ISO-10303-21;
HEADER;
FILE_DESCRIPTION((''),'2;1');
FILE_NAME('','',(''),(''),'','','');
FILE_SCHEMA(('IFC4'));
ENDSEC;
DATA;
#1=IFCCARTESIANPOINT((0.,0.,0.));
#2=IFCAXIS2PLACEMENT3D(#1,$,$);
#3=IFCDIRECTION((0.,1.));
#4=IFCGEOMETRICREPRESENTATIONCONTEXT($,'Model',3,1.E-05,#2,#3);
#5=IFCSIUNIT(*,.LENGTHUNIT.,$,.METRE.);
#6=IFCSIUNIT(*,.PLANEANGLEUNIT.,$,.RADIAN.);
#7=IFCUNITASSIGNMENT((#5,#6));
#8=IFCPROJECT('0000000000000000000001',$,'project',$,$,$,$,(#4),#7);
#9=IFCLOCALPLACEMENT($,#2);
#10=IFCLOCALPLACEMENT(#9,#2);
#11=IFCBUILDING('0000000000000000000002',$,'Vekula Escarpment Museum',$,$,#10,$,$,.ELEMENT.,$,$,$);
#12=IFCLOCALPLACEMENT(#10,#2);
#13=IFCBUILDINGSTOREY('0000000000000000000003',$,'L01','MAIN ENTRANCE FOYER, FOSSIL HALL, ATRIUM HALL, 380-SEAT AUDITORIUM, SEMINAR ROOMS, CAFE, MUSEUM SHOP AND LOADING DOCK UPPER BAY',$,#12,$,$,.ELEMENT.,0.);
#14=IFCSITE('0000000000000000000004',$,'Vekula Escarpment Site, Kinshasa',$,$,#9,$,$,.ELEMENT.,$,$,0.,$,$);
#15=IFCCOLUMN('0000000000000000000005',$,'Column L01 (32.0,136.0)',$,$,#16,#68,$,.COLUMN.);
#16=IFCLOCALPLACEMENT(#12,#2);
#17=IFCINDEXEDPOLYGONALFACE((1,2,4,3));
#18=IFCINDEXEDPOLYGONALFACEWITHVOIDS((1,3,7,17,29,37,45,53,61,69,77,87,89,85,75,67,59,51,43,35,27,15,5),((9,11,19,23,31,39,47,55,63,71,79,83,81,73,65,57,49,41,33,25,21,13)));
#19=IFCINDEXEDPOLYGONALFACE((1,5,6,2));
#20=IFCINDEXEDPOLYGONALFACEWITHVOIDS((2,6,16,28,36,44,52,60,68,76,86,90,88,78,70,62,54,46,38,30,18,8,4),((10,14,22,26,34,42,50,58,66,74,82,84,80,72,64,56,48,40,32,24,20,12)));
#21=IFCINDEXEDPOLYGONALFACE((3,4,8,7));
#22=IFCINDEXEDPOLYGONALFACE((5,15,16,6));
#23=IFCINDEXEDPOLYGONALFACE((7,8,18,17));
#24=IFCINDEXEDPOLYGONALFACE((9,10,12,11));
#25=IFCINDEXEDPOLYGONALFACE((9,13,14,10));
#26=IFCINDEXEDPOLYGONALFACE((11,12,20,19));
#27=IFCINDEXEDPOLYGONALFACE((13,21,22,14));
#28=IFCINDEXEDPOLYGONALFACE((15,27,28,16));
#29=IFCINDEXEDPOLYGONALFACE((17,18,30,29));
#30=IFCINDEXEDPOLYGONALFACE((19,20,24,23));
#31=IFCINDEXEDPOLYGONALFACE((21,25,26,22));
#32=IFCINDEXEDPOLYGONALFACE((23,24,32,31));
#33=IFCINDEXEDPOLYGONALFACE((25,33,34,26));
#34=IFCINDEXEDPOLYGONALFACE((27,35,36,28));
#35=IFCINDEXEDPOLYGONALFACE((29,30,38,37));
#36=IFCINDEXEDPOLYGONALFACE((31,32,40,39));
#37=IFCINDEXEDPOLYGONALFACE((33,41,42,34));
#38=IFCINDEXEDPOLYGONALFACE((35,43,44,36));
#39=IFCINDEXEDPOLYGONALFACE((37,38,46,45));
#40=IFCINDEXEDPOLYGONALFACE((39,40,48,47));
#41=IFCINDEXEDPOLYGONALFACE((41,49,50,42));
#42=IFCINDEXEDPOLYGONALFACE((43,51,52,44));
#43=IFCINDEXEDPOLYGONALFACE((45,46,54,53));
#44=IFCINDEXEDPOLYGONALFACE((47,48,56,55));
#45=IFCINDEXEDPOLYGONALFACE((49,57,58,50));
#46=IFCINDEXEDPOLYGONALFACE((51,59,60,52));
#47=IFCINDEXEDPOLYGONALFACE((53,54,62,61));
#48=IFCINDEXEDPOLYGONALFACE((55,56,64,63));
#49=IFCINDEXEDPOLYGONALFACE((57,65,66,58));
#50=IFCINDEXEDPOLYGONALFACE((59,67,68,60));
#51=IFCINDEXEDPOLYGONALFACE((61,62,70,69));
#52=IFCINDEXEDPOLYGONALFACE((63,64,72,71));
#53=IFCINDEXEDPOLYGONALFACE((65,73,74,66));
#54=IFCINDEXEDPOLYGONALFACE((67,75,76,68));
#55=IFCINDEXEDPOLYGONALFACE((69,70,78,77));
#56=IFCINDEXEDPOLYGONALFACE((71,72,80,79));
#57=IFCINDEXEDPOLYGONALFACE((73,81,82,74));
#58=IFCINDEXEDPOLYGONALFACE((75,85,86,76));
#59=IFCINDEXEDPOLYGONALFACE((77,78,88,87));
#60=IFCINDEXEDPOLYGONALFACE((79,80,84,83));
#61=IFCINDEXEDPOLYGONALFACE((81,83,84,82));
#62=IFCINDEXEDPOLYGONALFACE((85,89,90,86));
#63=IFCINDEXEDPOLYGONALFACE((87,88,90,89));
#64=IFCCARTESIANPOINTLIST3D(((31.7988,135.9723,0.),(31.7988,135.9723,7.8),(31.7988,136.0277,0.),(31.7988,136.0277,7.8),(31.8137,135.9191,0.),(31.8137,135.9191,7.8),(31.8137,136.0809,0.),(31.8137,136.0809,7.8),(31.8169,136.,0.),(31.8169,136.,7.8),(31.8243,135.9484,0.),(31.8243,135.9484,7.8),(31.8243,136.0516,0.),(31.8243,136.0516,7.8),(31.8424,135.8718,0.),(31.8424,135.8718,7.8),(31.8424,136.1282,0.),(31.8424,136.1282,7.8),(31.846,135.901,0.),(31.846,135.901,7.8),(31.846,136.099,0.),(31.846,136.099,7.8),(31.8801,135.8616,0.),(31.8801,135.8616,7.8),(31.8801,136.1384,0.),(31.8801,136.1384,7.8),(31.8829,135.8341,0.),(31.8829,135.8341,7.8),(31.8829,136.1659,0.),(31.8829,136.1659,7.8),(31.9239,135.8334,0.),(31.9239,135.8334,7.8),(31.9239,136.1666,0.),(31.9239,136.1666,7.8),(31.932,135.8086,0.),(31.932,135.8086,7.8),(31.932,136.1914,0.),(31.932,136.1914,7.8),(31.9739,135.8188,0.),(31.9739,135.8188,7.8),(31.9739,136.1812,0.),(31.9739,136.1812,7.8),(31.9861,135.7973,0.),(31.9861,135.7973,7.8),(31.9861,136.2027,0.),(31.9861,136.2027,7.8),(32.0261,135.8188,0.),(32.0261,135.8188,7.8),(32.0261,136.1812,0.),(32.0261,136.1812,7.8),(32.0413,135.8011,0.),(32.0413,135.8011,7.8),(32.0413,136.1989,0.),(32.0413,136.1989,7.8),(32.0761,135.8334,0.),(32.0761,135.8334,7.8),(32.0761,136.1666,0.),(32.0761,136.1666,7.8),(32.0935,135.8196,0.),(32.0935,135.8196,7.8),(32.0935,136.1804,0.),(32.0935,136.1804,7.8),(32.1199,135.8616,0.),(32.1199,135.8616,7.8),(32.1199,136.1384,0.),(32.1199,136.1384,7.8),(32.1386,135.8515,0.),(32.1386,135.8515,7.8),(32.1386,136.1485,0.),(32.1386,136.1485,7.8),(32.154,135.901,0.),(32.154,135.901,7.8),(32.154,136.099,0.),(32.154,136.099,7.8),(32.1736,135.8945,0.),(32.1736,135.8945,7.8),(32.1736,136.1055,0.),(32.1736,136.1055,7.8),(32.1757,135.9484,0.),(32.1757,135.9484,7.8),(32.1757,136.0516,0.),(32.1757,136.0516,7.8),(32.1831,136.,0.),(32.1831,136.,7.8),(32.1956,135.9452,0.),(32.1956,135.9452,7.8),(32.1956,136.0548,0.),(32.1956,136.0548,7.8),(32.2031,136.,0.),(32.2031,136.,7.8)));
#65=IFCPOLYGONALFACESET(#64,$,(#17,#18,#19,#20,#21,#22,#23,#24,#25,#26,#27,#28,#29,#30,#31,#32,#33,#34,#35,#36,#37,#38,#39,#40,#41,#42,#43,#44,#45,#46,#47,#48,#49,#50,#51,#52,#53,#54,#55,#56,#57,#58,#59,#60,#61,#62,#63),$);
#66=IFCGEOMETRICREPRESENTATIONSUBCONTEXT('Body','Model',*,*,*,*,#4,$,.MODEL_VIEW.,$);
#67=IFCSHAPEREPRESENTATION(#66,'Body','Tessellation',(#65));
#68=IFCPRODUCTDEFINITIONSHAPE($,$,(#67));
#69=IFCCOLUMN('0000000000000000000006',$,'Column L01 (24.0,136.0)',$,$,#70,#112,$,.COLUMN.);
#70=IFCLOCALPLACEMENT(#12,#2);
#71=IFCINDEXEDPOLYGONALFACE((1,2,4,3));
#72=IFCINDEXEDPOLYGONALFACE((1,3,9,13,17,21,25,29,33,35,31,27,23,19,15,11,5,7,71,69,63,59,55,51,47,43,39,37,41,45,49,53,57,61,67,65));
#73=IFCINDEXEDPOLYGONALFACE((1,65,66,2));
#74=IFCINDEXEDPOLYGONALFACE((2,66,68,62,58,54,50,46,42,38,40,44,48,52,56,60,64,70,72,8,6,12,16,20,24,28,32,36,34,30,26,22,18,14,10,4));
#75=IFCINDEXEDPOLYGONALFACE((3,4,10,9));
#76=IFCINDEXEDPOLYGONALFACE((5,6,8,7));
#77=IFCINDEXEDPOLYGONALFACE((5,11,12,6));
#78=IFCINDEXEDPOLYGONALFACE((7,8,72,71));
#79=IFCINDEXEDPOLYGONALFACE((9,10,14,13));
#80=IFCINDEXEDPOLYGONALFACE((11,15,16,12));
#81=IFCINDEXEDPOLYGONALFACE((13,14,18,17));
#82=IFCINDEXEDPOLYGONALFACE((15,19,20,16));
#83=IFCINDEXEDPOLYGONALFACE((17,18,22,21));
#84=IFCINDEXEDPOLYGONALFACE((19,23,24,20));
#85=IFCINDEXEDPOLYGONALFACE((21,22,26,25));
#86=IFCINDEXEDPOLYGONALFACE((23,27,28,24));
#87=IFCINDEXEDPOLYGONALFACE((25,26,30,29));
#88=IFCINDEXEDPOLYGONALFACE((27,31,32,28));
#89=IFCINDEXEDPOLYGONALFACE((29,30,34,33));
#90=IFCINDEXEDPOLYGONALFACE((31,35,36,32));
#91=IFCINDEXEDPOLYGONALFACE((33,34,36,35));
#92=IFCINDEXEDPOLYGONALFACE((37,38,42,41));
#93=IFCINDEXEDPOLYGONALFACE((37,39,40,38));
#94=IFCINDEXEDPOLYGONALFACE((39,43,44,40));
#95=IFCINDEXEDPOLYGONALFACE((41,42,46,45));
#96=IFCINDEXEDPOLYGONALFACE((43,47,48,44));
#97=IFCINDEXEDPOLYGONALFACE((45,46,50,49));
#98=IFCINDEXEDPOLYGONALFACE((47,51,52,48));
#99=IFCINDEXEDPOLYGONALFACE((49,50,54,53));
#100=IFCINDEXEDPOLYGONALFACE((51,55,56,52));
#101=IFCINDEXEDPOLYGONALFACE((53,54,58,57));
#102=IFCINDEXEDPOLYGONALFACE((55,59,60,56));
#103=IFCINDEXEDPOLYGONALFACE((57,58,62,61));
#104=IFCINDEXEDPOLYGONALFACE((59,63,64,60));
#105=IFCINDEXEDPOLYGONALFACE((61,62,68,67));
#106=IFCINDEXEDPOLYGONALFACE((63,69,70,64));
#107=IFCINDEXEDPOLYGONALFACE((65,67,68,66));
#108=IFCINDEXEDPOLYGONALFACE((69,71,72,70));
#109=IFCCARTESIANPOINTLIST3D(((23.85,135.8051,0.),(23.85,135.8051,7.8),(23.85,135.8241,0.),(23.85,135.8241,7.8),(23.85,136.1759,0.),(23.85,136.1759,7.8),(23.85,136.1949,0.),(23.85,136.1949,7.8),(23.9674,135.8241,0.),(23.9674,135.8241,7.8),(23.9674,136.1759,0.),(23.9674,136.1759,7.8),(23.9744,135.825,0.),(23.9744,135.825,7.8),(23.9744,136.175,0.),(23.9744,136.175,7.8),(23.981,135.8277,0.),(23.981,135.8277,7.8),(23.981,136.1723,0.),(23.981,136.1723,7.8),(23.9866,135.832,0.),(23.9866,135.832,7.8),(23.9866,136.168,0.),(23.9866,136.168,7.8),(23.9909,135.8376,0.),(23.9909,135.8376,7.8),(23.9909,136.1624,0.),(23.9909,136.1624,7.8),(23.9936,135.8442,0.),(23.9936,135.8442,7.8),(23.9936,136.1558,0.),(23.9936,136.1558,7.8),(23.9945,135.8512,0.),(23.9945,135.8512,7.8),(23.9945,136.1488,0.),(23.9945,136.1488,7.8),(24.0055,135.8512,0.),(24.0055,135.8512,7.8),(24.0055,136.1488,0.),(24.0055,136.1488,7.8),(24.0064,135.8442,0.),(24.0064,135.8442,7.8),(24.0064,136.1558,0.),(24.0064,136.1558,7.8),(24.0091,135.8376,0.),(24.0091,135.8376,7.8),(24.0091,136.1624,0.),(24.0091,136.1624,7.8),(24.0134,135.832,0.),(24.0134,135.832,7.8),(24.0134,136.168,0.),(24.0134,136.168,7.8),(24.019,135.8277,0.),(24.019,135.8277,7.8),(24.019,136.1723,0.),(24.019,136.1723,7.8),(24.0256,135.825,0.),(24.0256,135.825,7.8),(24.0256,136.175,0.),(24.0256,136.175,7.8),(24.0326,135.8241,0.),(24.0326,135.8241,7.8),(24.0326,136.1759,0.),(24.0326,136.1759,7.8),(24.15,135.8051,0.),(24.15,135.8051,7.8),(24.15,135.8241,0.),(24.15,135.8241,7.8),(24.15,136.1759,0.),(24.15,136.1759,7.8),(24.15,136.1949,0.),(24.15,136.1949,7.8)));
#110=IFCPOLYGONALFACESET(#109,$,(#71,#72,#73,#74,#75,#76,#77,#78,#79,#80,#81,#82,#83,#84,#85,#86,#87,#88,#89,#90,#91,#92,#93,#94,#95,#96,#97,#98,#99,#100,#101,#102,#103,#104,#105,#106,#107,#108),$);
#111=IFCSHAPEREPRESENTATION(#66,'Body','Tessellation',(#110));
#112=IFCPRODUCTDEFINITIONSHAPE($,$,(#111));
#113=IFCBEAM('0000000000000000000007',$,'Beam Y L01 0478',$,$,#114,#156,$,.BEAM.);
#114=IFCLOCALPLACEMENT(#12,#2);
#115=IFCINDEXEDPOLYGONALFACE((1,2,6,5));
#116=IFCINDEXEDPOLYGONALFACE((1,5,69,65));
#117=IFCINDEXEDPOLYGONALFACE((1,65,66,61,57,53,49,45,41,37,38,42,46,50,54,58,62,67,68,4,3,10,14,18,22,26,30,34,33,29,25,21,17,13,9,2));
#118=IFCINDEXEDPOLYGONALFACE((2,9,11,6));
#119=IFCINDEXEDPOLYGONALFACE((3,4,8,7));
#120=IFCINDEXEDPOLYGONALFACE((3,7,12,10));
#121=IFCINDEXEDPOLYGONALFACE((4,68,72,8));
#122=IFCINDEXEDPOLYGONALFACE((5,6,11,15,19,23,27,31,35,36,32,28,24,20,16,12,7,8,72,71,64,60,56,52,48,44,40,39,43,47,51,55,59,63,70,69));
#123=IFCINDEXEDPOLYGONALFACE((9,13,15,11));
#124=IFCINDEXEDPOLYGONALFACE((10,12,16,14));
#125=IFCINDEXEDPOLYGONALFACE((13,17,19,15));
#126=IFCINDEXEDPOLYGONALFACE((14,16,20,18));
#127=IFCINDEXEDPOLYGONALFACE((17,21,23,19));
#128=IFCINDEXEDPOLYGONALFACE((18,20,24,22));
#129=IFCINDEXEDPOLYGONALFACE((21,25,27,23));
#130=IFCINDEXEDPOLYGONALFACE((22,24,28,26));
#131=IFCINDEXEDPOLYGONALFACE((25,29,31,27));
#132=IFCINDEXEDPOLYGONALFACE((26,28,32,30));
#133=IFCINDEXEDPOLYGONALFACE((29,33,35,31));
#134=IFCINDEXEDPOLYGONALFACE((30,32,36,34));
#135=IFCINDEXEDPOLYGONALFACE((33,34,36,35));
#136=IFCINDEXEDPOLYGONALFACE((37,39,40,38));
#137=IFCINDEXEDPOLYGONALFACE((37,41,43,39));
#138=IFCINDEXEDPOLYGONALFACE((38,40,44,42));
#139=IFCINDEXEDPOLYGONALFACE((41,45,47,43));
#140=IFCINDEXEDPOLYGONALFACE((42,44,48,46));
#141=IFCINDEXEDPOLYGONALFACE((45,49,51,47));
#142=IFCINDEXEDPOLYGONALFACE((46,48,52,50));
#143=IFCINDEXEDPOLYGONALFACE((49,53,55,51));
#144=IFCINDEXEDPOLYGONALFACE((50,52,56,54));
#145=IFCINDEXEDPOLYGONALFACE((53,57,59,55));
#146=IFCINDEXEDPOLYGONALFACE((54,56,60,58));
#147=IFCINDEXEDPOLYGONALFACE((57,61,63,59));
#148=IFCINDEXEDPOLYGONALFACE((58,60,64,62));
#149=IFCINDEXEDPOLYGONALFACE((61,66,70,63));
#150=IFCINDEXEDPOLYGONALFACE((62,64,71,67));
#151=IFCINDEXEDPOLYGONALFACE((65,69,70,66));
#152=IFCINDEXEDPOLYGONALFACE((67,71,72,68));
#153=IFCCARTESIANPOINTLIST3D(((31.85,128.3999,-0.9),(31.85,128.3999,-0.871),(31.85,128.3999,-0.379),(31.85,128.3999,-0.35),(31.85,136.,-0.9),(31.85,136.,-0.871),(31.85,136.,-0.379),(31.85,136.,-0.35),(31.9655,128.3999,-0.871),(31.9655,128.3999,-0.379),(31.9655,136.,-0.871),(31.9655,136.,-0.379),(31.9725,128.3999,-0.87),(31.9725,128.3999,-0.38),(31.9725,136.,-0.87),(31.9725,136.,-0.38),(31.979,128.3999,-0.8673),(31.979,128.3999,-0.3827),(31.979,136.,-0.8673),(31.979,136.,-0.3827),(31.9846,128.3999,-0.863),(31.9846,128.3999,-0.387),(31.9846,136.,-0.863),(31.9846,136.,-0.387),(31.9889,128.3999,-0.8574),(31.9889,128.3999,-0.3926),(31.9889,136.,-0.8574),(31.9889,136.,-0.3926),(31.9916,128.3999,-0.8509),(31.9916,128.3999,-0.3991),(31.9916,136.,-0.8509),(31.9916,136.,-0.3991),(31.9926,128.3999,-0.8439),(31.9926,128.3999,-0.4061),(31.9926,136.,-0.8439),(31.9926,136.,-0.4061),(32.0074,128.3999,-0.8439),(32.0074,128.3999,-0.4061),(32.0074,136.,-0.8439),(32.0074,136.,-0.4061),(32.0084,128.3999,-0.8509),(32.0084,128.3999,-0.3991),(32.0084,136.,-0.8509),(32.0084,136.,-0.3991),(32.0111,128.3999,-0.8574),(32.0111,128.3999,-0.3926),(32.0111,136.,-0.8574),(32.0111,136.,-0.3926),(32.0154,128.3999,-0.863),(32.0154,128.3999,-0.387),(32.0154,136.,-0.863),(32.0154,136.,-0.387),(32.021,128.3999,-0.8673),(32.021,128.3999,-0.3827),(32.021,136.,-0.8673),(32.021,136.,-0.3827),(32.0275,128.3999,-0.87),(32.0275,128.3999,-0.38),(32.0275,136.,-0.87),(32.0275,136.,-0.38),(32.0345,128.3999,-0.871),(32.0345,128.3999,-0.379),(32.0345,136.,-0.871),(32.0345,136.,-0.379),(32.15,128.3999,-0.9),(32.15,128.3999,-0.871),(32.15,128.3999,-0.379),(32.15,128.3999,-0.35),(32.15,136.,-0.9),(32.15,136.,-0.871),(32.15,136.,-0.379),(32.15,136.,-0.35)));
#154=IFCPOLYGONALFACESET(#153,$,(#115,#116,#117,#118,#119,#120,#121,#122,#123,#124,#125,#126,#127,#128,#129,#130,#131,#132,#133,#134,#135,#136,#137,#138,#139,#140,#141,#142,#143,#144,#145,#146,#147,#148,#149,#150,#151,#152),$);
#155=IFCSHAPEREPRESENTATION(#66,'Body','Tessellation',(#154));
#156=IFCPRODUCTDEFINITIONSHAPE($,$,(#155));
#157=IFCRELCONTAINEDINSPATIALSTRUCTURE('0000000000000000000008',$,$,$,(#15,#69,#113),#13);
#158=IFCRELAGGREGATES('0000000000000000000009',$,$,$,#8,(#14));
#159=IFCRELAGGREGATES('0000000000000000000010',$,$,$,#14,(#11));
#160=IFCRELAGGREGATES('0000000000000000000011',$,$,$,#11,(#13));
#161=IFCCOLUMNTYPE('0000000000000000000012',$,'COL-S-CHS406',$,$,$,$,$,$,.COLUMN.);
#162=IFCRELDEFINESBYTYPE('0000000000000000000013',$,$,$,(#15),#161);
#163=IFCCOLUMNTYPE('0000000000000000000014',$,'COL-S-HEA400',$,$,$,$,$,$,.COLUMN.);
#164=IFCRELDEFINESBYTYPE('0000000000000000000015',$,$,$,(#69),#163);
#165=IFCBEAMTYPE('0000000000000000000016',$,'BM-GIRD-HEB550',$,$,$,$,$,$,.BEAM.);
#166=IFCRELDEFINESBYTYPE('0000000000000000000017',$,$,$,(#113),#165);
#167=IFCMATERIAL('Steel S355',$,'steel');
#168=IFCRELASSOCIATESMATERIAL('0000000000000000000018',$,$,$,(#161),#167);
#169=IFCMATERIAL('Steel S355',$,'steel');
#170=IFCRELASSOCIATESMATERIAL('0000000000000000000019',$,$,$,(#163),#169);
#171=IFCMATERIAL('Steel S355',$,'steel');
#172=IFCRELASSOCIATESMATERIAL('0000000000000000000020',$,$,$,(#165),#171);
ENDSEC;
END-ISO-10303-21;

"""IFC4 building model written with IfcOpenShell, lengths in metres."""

from ifc_helpers import new_model, si_unit, direction, frame, origin, origin_2d, place, context, subcontext, project, spatial, hollow_circle, i_section, extrude, material, material_profile, profile_set, type_object, element, save


model = new_model("IFC4")

# Units and contexts
model_context = context("Model", 3, precision=1e-05, world=origin(), true_north=direction((0.0, 1.0)))
body_context = subcontext(model_context, "Body", "Model", "MODEL_VIEW")
ifc_project = project(units=[si_unit("LENGTHUNIT", "METRE"), si_unit("PLANEANGLEUNIT", "RADIAN")], contexts=[model_context])

# Site, building, storey
site_placement = place(None, origin())
site = spatial("IfcSite", under=ifc_project, at=site_placement, Name="Vekula Escarpment Site, Kinshasa", CompositionType="ELEMENT", RefElevation=0.0)
building_placement = place(site_placement, origin())
building = spatial("IfcBuilding", under=site, at=building_placement, Name="Vekula Escarpment Museum", CompositionType="ELEMENT")
storey_placement = place(building_placement, origin())
storey = spatial("IfcBuildingStorey", under=building, at=storey_placement, Name="L01", Description="MAIN ENTRANCE FOYER, FOSSIL HALL, ATRIUM HALL, 380-SEAT AUDITORIUM, SEMINAR ROOMS, CAFE, MUSEUM SHOP AND LOADING DOCK UPPER BAY", CompositionType="ELEMENT", Elevation=0.0)

# Columns
ifc_material_1 = material(Name="Steel S355", Category="steel")
ifc_material_profile_1 = material_profile(ifc_material_1, hollow_circle(Radius=0.2031, WallThickness=0.02, at=origin_2d()), Name="CHS 406.4x20")
ifc_profile_set_1 = profile_set([ifc_material_profile_1], Name="Steel S355")
column_type_1 = type_object("IfcColumnType", Name="COL-S-CHS406", PredefinedType="COLUMN", material=ifc_profile_set_1)
column_1_placement = place(storey_placement, frame((32.0, 136.0, 0.0), z_axis=(0.0, 0.0, 1.0), x_axis=(1.0, 0.0, 0.0)))
element("IfcColumn", 1, at=column_1_placement, inside=storey, type_object=column_type_1, Name="Column L01 (32.0,136.0)", PredefinedType="COLUMN", context=body_context, shape_type="SweptSolid", body=[
    extrude(hollow_circle(Radius=0.2031, WallThickness=0.02, at=origin_2d()), origin(), (0.0, 0.0, 1.0), 7.8),
])
ifc_material_2 = material(Name="Steel S355", Category="steel")
ifc_material_profile_2 = material_profile(ifc_material_2, i_section(OverallWidth=0.3, OverallDepth=0.3899, WebThickness=0.011, FlangeThickness=0.019, FilletRadius=0.0271, at=origin_2d()), Name="HEA 400")
ifc_profile_set_2 = profile_set([ifc_material_profile_2], Name="Steel S355")
column_type_2 = type_object("IfcColumnType", Name="COL-S-HEA400", PredefinedType="COLUMN", material=ifc_profile_set_2)
column_2_placement = place(storey_placement, frame((24.0, 136.0, 0.0), z_axis=(0.0, 0.0, 1.0), x_axis=(1.0, 0.0, 0.0)))
element("IfcColumn", 2, at=column_2_placement, inside=storey, type_object=column_type_2, Name="Column L01 (24.0,136.0)", PredefinedType="COLUMN", context=body_context, shape_type="SweptSolid", body=[
    extrude(i_section(OverallWidth=0.3, OverallDepth=0.3899, WebThickness=0.011, FlangeThickness=0.019, FilletRadius=0.0271, at=origin_2d()), origin(), (0.0, 0.0, 1.0), 7.8),
])

# Beam
ifc_material_3 = material(Name="Steel S355", Category="steel")
ifc_material_profile_3 = material_profile(ifc_material_3, i_section(OverallWidth=0.3, OverallDepth=0.55, WebThickness=0.0149, FlangeThickness=0.0291, FilletRadius=0.0271, at=origin_2d()), Name="HEB 550")
ifc_profile_set_3 = profile_set([ifc_material_profile_3], Name="Steel S355")
beam_type_1 = type_object("IfcBeamType", Name="BM-GIRD-HEB550", PredefinedType="BEAM", material=ifc_profile_set_3)
beam_1_placement = place(storey_placement, frame((32.0, 128.3999, -0.625), z_axis=(0.0, 1.0, 0.0), x_axis=(-1.0, 0.0, 0.0)))
element("IfcBeam", 3, at=beam_1_placement, inside=storey, type_object=beam_type_1, Name="Beam Y L01 0478", PredefinedType="BEAM", context=body_context, shape_type="SweptSolid", body=[
    extrude(i_section(OverallWidth=0.3, OverallDepth=0.55, WebThickness=0.0149, FlangeThickness=0.0291, FilletRadius=0.0271, at=origin_2d()), origin(), (0.0, 0.0, 1.0), 7.6001),
])

save(model, "model.ifc")
